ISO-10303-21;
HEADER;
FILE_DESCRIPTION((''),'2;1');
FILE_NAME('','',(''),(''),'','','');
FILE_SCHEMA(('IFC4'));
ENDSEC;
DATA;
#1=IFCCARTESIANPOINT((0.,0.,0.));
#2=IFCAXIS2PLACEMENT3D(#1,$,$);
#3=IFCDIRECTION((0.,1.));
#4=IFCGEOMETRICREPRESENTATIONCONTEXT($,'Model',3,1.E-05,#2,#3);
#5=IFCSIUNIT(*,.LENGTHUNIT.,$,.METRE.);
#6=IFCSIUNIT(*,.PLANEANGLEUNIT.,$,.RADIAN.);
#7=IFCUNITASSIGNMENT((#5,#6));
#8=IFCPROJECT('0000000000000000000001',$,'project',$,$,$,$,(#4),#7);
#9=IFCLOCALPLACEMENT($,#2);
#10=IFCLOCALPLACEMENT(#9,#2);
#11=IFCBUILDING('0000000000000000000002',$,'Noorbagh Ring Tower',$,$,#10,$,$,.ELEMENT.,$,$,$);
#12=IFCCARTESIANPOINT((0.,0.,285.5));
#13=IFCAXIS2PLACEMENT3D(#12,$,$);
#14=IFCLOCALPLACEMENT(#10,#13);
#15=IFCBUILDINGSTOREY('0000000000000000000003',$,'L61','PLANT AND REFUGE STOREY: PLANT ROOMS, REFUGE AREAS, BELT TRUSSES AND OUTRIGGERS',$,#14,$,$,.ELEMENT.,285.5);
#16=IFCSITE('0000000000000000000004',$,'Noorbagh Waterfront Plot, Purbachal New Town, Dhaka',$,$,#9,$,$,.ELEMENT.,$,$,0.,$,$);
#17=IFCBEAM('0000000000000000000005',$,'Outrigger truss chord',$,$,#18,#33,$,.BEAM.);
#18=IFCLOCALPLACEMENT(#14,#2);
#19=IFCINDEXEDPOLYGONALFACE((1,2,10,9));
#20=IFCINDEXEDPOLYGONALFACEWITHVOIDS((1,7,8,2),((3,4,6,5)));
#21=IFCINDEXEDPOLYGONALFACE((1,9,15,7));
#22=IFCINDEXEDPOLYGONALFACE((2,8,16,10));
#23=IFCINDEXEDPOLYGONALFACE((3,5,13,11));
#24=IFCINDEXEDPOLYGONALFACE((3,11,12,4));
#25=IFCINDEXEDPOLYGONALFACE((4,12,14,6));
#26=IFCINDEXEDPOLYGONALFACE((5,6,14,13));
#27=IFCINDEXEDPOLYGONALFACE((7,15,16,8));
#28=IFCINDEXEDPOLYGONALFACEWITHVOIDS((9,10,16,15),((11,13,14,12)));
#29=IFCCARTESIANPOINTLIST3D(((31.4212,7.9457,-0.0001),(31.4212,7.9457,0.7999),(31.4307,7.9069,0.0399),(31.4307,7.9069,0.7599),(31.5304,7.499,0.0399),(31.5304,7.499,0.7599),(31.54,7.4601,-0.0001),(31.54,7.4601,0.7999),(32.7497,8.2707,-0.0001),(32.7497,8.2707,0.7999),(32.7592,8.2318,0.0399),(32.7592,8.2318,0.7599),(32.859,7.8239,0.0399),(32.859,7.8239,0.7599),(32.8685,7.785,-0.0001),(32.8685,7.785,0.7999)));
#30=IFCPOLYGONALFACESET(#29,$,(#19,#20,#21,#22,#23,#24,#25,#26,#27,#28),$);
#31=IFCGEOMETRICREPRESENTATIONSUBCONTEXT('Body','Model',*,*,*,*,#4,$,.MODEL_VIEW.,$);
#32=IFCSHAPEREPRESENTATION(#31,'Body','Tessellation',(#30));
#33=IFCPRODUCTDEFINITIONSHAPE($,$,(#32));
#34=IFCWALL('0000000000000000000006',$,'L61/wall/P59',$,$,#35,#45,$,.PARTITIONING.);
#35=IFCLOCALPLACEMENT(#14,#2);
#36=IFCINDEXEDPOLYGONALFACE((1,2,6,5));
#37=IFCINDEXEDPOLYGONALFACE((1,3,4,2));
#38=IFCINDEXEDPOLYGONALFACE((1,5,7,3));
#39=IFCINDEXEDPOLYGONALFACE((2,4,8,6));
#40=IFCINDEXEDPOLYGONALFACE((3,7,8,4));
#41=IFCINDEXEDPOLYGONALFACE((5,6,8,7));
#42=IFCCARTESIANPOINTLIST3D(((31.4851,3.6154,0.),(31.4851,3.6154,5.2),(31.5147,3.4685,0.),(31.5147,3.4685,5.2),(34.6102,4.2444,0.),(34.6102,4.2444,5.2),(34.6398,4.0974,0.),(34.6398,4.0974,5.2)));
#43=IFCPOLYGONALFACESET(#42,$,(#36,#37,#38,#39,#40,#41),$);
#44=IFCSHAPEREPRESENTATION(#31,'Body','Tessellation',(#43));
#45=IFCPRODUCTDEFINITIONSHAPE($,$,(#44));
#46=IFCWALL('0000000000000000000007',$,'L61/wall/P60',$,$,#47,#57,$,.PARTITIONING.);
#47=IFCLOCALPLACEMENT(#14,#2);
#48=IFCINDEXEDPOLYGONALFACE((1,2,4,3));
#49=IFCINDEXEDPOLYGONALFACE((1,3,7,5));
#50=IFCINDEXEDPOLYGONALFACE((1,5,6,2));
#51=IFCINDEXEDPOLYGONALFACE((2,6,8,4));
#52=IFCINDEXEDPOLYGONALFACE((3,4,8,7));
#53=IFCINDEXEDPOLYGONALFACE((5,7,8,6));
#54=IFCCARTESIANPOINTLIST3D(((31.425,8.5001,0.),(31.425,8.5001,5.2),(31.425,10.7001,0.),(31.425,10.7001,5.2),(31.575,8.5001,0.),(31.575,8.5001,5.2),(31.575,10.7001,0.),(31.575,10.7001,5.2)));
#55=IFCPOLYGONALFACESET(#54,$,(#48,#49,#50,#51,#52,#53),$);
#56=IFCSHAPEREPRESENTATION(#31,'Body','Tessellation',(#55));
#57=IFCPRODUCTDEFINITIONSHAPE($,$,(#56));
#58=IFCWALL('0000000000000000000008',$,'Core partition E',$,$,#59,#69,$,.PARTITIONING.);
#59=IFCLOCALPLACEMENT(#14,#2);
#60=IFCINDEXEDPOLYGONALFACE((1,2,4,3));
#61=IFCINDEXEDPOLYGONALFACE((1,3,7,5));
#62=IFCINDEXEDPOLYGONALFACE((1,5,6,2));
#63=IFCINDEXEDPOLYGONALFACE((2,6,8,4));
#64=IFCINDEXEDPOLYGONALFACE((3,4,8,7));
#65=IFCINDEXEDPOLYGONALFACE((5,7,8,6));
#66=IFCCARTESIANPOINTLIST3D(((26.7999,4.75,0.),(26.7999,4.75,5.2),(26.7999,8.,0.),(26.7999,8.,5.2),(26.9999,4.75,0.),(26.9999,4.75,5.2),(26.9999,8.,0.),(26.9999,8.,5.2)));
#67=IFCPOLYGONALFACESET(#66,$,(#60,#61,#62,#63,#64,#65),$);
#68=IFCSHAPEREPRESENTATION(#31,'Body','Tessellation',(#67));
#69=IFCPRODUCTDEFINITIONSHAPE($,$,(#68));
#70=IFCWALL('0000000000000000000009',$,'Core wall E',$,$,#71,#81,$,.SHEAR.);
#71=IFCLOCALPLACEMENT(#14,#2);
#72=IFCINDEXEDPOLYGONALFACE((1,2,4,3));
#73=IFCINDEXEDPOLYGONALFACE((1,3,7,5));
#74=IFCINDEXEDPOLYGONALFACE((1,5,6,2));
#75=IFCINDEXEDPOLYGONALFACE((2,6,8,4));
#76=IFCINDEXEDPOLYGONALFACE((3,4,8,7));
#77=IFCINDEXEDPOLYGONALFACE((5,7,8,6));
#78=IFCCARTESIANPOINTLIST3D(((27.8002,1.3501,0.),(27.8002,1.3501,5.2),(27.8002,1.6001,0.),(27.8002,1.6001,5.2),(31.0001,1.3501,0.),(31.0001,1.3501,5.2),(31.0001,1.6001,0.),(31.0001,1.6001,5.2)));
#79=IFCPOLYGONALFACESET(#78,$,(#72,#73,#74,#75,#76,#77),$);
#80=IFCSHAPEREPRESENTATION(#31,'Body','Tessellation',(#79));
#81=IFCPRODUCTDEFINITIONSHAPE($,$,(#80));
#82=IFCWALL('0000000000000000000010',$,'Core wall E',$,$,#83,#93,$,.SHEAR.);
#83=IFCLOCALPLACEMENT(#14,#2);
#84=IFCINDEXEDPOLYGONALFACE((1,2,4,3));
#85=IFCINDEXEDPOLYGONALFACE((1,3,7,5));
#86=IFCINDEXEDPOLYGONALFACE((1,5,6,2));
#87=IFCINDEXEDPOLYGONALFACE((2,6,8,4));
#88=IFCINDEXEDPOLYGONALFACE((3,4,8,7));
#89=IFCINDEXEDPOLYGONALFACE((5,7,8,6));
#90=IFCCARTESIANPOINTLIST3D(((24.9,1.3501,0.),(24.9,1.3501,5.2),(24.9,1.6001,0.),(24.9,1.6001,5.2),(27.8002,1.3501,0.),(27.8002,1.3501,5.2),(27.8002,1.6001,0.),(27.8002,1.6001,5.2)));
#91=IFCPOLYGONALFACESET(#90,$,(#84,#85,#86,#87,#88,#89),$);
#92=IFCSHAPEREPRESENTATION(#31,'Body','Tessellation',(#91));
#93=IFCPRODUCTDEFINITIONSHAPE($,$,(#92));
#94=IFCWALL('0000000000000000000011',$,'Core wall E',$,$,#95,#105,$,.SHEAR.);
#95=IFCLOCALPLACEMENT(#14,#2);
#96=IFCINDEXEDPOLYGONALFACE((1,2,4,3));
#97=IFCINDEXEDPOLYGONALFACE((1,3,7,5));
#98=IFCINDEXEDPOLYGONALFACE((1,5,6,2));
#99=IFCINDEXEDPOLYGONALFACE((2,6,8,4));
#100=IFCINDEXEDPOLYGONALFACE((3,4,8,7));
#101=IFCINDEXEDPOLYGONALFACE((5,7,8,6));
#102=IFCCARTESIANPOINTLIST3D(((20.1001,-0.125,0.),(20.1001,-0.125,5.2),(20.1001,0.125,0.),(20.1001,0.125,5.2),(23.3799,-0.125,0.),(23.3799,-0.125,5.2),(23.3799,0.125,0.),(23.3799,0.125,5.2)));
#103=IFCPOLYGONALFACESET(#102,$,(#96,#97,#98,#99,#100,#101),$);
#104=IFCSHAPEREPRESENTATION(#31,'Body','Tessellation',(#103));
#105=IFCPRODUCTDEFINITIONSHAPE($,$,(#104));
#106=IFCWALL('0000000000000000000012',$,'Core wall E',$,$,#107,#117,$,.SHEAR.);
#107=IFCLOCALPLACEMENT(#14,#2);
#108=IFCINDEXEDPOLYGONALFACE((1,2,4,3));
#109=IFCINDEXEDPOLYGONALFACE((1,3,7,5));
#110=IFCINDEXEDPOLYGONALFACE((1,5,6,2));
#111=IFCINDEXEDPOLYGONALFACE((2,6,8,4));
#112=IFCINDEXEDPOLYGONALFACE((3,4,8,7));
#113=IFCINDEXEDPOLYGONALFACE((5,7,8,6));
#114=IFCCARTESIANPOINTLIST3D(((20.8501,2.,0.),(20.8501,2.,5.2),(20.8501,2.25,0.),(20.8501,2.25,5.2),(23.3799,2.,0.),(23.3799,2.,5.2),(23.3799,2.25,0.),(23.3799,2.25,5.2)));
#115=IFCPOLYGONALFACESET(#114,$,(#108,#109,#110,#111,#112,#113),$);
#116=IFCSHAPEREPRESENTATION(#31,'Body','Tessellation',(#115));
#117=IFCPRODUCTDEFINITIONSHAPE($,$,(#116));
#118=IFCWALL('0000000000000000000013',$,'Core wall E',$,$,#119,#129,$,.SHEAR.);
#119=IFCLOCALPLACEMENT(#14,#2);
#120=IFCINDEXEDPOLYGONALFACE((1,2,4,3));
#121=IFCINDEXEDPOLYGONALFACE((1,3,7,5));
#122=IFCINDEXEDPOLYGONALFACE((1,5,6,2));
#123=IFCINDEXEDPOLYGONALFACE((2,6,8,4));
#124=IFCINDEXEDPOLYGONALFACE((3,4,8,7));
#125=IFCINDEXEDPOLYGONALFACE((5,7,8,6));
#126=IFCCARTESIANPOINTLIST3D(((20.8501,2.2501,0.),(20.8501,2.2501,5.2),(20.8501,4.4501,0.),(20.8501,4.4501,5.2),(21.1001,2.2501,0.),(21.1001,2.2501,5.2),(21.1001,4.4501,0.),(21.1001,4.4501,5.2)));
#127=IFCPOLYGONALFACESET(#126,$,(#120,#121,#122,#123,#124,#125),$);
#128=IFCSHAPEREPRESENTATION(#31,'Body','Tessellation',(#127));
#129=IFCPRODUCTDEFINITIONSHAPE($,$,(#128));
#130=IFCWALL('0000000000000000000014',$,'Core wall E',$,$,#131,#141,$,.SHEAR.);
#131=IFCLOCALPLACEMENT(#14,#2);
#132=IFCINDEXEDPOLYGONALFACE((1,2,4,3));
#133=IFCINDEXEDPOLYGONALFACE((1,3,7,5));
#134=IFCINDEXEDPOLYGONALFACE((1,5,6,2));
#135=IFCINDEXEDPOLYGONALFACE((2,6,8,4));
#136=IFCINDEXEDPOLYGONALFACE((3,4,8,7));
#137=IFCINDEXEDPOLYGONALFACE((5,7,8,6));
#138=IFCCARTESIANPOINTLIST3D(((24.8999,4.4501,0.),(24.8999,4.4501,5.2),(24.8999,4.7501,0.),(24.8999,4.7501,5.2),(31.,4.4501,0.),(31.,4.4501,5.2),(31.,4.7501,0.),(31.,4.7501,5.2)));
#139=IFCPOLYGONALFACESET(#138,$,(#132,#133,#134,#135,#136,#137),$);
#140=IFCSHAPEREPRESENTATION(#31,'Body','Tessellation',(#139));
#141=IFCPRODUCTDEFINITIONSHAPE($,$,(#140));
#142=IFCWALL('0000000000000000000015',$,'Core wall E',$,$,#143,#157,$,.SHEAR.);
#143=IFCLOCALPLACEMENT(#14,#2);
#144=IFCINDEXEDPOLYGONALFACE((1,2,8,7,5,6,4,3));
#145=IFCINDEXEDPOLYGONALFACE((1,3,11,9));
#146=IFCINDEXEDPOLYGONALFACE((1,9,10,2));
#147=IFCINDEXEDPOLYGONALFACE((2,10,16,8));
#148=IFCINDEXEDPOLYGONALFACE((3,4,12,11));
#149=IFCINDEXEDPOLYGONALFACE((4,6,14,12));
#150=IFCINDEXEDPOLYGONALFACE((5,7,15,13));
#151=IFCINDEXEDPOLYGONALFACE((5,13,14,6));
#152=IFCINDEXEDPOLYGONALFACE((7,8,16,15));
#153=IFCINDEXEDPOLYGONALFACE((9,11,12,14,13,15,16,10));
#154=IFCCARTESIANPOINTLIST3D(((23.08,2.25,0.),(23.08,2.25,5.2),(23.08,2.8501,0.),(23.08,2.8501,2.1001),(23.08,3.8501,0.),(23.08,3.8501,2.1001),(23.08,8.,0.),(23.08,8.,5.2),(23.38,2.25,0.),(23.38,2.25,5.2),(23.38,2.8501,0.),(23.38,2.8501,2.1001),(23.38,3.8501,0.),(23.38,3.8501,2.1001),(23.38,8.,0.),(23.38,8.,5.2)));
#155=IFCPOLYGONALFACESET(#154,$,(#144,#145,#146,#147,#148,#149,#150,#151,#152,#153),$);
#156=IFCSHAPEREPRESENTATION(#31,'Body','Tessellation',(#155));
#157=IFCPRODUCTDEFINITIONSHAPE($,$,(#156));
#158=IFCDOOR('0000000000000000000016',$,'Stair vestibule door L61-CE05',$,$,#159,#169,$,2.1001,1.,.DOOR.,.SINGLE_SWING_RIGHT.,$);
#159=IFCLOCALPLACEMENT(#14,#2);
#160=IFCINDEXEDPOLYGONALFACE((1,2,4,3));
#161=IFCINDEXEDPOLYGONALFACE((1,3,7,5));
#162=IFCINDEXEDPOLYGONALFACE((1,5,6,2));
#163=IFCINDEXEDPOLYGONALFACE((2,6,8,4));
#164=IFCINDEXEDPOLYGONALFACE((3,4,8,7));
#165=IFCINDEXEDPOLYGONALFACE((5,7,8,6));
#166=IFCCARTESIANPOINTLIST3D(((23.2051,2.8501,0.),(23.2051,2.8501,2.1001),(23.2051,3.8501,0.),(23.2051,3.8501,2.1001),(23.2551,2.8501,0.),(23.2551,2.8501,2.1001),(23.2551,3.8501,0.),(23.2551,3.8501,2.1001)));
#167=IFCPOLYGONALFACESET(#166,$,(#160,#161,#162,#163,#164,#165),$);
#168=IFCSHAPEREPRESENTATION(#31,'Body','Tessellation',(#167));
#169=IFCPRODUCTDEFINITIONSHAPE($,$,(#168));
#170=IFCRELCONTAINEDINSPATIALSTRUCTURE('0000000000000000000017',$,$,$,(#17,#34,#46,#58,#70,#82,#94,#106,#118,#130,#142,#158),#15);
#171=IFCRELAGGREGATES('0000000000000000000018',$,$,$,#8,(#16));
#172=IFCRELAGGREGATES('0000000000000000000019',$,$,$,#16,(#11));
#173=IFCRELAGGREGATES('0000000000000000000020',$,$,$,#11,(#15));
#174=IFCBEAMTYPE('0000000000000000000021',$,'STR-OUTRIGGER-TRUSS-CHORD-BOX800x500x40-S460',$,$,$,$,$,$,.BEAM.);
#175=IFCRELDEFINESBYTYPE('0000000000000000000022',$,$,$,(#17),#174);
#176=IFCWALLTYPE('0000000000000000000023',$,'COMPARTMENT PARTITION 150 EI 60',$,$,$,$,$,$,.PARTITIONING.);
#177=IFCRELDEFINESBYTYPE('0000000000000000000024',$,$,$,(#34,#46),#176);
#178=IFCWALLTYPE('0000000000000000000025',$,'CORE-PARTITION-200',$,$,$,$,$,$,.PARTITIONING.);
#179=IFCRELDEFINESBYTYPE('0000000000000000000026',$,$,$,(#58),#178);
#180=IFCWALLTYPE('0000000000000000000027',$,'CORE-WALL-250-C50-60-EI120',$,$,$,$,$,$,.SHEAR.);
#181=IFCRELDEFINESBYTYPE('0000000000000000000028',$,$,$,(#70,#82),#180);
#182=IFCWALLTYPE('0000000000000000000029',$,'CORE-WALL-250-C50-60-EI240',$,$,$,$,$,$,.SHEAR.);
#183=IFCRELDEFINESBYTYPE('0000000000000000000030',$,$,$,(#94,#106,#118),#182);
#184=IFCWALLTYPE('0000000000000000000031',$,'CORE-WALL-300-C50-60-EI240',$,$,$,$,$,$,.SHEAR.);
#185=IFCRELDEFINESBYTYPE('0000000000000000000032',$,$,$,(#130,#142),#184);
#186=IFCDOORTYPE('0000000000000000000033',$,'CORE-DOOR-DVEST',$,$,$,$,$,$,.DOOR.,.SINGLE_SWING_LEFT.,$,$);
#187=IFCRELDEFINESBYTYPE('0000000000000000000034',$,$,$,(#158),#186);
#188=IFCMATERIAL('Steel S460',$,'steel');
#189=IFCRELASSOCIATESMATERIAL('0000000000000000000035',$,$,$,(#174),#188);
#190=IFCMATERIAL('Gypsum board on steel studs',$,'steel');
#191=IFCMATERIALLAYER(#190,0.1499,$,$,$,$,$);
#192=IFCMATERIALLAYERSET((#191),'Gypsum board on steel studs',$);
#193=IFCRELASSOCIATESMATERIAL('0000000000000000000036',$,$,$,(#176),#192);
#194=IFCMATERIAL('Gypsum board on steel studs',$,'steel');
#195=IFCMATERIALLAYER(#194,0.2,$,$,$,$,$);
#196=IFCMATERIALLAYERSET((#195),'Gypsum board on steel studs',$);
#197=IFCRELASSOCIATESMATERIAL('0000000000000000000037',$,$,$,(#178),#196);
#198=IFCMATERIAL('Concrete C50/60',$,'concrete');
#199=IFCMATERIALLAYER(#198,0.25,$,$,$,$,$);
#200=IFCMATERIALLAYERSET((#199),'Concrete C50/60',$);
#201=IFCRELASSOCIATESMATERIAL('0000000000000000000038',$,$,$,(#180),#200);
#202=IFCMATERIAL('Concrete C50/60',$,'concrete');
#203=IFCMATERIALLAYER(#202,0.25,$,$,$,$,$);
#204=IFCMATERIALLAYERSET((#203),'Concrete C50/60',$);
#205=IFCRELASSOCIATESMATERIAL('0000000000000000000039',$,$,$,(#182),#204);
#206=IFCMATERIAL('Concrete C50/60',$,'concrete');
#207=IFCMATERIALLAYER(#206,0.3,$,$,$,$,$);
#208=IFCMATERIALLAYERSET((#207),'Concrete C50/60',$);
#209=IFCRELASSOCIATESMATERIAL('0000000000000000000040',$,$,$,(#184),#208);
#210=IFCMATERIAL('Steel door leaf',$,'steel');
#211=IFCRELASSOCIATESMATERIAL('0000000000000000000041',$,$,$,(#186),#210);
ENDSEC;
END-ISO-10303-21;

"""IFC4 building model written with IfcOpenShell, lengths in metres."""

from ifc_helpers import new_model, si_unit, direction, frame, frame_2d, origin, origin_2d, place, context, subcontext, project, spatial, rectangle, hollow_rectangle, extrude, material, layer, layer_set, material_profile, profile_set, type_object, element, fill, save


model = new_model("IFC4")

# Units and contexts
model_context = context("Model", 3, precision=1e-05, world=origin(), true_north=direction((0.0, 1.0)))
body_context = subcontext(model_context, "Body", "Model", "MODEL_VIEW")
ifc_project = project(units=[si_unit("LENGTHUNIT", "METRE"), si_unit("PLANEANGLEUNIT", "RADIAN")], contexts=[model_context])

# Site, building, storey
site_placement = place(None, origin())
site = spatial("IfcSite", under=ifc_project, at=site_placement, Name="Noorbagh Waterfront Plot, Purbachal New Town, Dhaka", CompositionType="ELEMENT", RefElevation=0.0)
building_placement = place(site_placement, origin())
building = spatial("IfcBuilding", under=site, at=building_placement, Name="Noorbagh Ring Tower", CompositionType="ELEMENT")
storey_placement = place(building_placement, frame((0.0, 0.0, 285.5)))
storey = spatial("IfcBuildingStorey", under=building, at=storey_placement, Name="L61", Description="PLANT AND REFUGE STOREY: PLANT ROOMS, REFUGE AREAS, BELT TRUSSES AND OUTRIGGERS", CompositionType="ELEMENT", Elevation=285.5)

# Beam
ifc_material_1 = material(Name="Steel S460", Category="steel")
ifc_material_profile = material_profile(ifc_material_1, hollow_rectangle(XDim=0.5, YDim=0.8, WallThickness=0.04, at=origin_2d()), Name="BOX800x500x40")
ifc_profile_set = profile_set([ifc_material_profile], Name="Steel S460")
beam_type = type_object("IfcBeamType", Name="STR-OUTRIGGER-TRUSS-CHORD-BOX800x500x40-S460", PredefinedType="BEAM", material=ifc_profile_set)
beam_placement = place(storey_placement, frame((32.8091, 8.0278, 0.3999), z_axis=(-0.971369, -0.237577, 0.0), x_axis=(0.237577, -0.971369, 0.0)))
element("IfcBeam", 1, at=beam_placement, inside=storey, type_object=beam_type, Name="Outrigger truss chord", PredefinedType="BEAM", context=body_context, shape_type="SweptSolid", body=[
    extrude(hollow_rectangle(XDim=0.5, YDim=0.8, WallThickness=0.04, at=origin_2d()), origin(), (0.0, 0.0, 1.0), 1.3677),
])

# Walls
ifc_material_2 = material(Name="Gypsum board on steel studs", Category="steel")
ifc_layer_1 = layer(ifc_material_2, 0.1499)
ifc_layer_set_1 = layer_set([ifc_layer_1], Name="Gypsum board on steel studs")
wall_type_1 = type_object("IfcWallType", Name="COMPARTMENT PARTITION 150 EI 60", PredefinedType="PARTITIONING", material=ifc_layer_set_1)
wall_1_placement = place(storey_placement, frame((31.5, 3.542, 0.0), z_axis=(0.0, 0.0, 1.0), x_axis=(0.980344, 0.197294, 0.0)))
element("IfcWall", 2, at=wall_1_placement, inside=storey, type_object=wall_type_1, Name="L61/wall/P59", PredefinedType="PARTITIONING", context=body_context, shape_type="SweptSolid", body=[
    extrude(rectangle(XDim=3.1877, YDim=0.1499, at=frame_2d((1.5938, 0.0))), origin(), (0.0, 0.0, 1.0), 5.2),
])
wall_2_placement = place(storey_placement, frame((31.5, 8.5, 0.0), z_axis=(0.0, 0.0, 1.0), x_axis=(0.0, 1.0, 0.0)))
element("IfcWall", 3, at=wall_2_placement, inside=storey, type_object=wall_type_1, Name="L61/wall/P60", PredefinedType="PARTITIONING", context=body_context, shape_type="SweptSolid", body=[
    extrude(rectangle(XDim=2.2, YDim=0.1499, at=frame_2d((1.1001, 0.0))), origin(), (0.0, 0.0, 1.0), 5.2),
])
ifc_material_3 = material(Name="Gypsum board on steel studs", Category="steel")
ifc_layer_2 = layer(ifc_material_3, 0.2)
ifc_layer_set_2 = layer_set([ifc_layer_2], Name="Gypsum board on steel studs")
wall_type_2 = type_object("IfcWallType", Name="CORE-PARTITION-200", PredefinedType="PARTITIONING", material=ifc_layer_set_2)
wall_3_placement = place(storey_placement, frame((26.8999, 4.75, 0.0), z_axis=(0.0, 0.0, 1.0), x_axis=(0.0, 1.0, 0.0)))
element("IfcWall", 4, at=wall_3_placement, inside=storey, type_object=wall_type_2, Name="Core partition E", PredefinedType="PARTITIONING", context=body_context, shape_type="SweptSolid", body=[
    extrude(rectangle(XDim=3.25, YDim=0.2, at=frame_2d((1.625, 0.0))), origin(), (0.0, 0.0, 1.0), 5.2),
])
ifc_material_4 = material(Name="Concrete C50/60", Category="concrete")
ifc_layer_3 = layer(ifc_material_4, 0.25)
ifc_layer_set_3 = layer_set([ifc_layer_3], Name="Concrete C50/60")
wall_type_3 = type_object("IfcWallType", Name="CORE-WALL-250-C50-60-EI120", PredefinedType="SHEAR", material=ifc_layer_set_3)
wall_4_placement = place(storey_placement, frame((27.8, 1.4751, 0.0), z_axis=(0.0, 0.0, 1.0), x_axis=(1.0, 0.0, 0.0)))
element("IfcWall", 5, at=wall_4_placement, inside=storey, type_object=wall_type_3, Name="Core wall E", PredefinedType="SHEAR", context=body_context, shape_type="SweptSolid", body=[
    extrude(rectangle(XDim=3.2, YDim=0.25, at=frame_2d((1.6001, 0.0))), origin(), (0.0, 0.0, 1.0), 5.2),
])
wall_5_placement = place(storey_placement, frame((24.8999, 1.4751, 0.0), z_axis=(0.0, 0.0, 1.0), x_axis=(1.0, 0.0, 0.0)))
element("IfcWall", 6, at=wall_5_placement, inside=storey, type_object=wall_type_3, Name="Core wall E", PredefinedType="SHEAR", context=body_context, shape_type="SweptSolid", body=[
    extrude(rectangle(XDim=2.9001, YDim=0.25, at=frame_2d((1.4502, 0.0))), origin(), (0.0, 0.0, 1.0), 5.2),
])
ifc_material_5 = material(Name="Concrete C50/60", Category="concrete")
ifc_layer_4 = layer(ifc_material_5, 0.25)
ifc_layer_set_4 = layer_set([ifc_layer_4], Name="Concrete C50/60")
wall_type_4 = type_object("IfcWallType", Name="CORE-WALL-250-C50-60-EI240", PredefinedType="SHEAR", material=ifc_layer_set_4)
wall_6_placement = place(storey_placement, frame((20.1001, 0.0, 0.0), z_axis=(0.0, 0.0, 1.0), x_axis=(1.0, 0.0, 0.0)))
element("IfcWall", 7, at=wall_6_placement, inside=storey, type_object=wall_type_4, Name="Core wall E", PredefinedType="SHEAR", context=body_context, shape_type="SweptSolid", body=[
    extrude(rectangle(XDim=3.2798, YDim=0.25, at=frame_2d((1.6399, 0.0))), origin(), (0.0, 0.0, 1.0), 5.2),
])
wall_7_placement = place(storey_placement, frame((20.8501, 2.125, 0.0), z_axis=(0.0, 0.0, 1.0), x_axis=(1.0, 0.0, 0.0)))
element("IfcWall", 8, at=wall_7_placement, inside=storey, type_object=wall_type_4, Name="Core wall E", PredefinedType="SHEAR", context=body_context, shape_type="SweptSolid", body=[
    extrude(rectangle(XDim=2.5298, YDim=0.25, at=frame_2d((1.2649, 0.0))), origin(), (0.0, 0.0, 1.0), 5.2),
])
wall_8_placement = place(storey_placement, frame((20.9751, 2.25, 0.0), z_axis=(0.0, 0.0, 1.0), x_axis=(0.0, 1.0, 0.0)))
element("IfcWall", 9, at=wall_8_placement, inside=storey, type_object=wall_type_4, Name="Core wall E", PredefinedType="SHEAR", context=body_context, shape_type="SweptSolid", body=[
    extrude(rectangle(XDim=2.2, YDim=0.25, at=frame_2d((1.1001, 0.0))), origin(), (0.0, 0.0, 1.0), 5.2),
])
ifc_material_6 = material(Name="Concrete C50/60", Category="concrete")
ifc_layer_5 = layer(ifc_material_6, 0.3)
ifc_layer_set_5 = layer_set([ifc_layer_5], Name="Concrete C50/60")
wall_type_5 = type_object("IfcWallType", Name="CORE-WALL-300-C50-60-EI240", PredefinedType="SHEAR", material=ifc_layer_set_5)
wall_9_placement = place(storey_placement, frame((24.8999, 4.6001, 0.0), z_axis=(0.0, 0.0, 1.0), x_axis=(1.0, 0.0, 0.0)))
element("IfcWall", 10, at=wall_9_placement, inside=storey, type_object=wall_type_5, Name="Core wall E", PredefinedType="SHEAR", context=body_context, shape_type="SweptSolid", body=[
    extrude(rectangle(XDim=6.1001, YDim=0.3, at=frame_2d((3.05, 0.0))), origin(), (0.0, 0.0, 1.0), 5.2),
])

# Wall, opening, door
wall_10_placement = place(storey_placement, frame((23.23, 2.25, 0.0), z_axis=(0.0, 0.0, 1.0), x_axis=(0.0, 1.0, 0.0)))
wall_10 = element("IfcWall", 11, at=wall_10_placement, inside=storey, type_object=wall_type_5, Name="Core wall E", PredefinedType="SHEAR", context=body_context, shape_type="SweptSolid", body=[
    extrude(rectangle(XDim=5.75, YDim=0.3, at=frame_2d((2.875, 0.0))), origin(), (0.0, 0.0, 1.0), 5.2),
])
opening_1_placement = place(wall_10_placement, frame((0.6001, 0.0, 0.0)))
opening_1 = element("IfcOpeningElement", 12, at=opening_1_placement, cuts=wall_10, PredefinedType="OPENING", context=body_context, shape_type="SweptSolid", body=[
    extrude(rectangle(XDim=1.0, YDim=2.1001, at=frame_2d((0.5, 1.05))), frame((0.0, 0.1602, 0.0), z_axis=(0.0, -1.0, 0.0), x_axis=(1.0, 0.0, 0.0)), (0.0, 0.0, 1.0), 0.3201),
])
ifc_material_7 = material(Name="Steel door leaf", Category="steel")
door_type_1 = type_object("IfcDoorType", Name="CORE-DOOR-DVEST", OperationType="SINGLE_SWING_LEFT", PredefinedType="DOOR", material=ifc_material_7)
door_1_placement = place(opening_1_placement, origin())
door_1 = element("IfcDoor", 13, at=door_1_placement, inside=storey, type_object=door_type_1, Name="Stair vestibule door L61-CE05", OperationType="SINGLE_SWING_RIGHT", OverallHeight=2.1001, OverallWidth=1.0, PredefinedType="DOOR", context=body_context, shape_type="SweptSolid", body=[
    extrude(rectangle(XDim=1.0, YDim=2.1001, at=frame_2d((0.5, 1.05))), frame((0.0, 0.0249, 0.0), z_axis=(0.0, -1.0, 0.0), x_axis=(1.0, 0.0, 0.0)), (0.0, 0.0, 1.0), 0.05),
])
fill(opening_1, door_1)

save(model, "model.ifc")
